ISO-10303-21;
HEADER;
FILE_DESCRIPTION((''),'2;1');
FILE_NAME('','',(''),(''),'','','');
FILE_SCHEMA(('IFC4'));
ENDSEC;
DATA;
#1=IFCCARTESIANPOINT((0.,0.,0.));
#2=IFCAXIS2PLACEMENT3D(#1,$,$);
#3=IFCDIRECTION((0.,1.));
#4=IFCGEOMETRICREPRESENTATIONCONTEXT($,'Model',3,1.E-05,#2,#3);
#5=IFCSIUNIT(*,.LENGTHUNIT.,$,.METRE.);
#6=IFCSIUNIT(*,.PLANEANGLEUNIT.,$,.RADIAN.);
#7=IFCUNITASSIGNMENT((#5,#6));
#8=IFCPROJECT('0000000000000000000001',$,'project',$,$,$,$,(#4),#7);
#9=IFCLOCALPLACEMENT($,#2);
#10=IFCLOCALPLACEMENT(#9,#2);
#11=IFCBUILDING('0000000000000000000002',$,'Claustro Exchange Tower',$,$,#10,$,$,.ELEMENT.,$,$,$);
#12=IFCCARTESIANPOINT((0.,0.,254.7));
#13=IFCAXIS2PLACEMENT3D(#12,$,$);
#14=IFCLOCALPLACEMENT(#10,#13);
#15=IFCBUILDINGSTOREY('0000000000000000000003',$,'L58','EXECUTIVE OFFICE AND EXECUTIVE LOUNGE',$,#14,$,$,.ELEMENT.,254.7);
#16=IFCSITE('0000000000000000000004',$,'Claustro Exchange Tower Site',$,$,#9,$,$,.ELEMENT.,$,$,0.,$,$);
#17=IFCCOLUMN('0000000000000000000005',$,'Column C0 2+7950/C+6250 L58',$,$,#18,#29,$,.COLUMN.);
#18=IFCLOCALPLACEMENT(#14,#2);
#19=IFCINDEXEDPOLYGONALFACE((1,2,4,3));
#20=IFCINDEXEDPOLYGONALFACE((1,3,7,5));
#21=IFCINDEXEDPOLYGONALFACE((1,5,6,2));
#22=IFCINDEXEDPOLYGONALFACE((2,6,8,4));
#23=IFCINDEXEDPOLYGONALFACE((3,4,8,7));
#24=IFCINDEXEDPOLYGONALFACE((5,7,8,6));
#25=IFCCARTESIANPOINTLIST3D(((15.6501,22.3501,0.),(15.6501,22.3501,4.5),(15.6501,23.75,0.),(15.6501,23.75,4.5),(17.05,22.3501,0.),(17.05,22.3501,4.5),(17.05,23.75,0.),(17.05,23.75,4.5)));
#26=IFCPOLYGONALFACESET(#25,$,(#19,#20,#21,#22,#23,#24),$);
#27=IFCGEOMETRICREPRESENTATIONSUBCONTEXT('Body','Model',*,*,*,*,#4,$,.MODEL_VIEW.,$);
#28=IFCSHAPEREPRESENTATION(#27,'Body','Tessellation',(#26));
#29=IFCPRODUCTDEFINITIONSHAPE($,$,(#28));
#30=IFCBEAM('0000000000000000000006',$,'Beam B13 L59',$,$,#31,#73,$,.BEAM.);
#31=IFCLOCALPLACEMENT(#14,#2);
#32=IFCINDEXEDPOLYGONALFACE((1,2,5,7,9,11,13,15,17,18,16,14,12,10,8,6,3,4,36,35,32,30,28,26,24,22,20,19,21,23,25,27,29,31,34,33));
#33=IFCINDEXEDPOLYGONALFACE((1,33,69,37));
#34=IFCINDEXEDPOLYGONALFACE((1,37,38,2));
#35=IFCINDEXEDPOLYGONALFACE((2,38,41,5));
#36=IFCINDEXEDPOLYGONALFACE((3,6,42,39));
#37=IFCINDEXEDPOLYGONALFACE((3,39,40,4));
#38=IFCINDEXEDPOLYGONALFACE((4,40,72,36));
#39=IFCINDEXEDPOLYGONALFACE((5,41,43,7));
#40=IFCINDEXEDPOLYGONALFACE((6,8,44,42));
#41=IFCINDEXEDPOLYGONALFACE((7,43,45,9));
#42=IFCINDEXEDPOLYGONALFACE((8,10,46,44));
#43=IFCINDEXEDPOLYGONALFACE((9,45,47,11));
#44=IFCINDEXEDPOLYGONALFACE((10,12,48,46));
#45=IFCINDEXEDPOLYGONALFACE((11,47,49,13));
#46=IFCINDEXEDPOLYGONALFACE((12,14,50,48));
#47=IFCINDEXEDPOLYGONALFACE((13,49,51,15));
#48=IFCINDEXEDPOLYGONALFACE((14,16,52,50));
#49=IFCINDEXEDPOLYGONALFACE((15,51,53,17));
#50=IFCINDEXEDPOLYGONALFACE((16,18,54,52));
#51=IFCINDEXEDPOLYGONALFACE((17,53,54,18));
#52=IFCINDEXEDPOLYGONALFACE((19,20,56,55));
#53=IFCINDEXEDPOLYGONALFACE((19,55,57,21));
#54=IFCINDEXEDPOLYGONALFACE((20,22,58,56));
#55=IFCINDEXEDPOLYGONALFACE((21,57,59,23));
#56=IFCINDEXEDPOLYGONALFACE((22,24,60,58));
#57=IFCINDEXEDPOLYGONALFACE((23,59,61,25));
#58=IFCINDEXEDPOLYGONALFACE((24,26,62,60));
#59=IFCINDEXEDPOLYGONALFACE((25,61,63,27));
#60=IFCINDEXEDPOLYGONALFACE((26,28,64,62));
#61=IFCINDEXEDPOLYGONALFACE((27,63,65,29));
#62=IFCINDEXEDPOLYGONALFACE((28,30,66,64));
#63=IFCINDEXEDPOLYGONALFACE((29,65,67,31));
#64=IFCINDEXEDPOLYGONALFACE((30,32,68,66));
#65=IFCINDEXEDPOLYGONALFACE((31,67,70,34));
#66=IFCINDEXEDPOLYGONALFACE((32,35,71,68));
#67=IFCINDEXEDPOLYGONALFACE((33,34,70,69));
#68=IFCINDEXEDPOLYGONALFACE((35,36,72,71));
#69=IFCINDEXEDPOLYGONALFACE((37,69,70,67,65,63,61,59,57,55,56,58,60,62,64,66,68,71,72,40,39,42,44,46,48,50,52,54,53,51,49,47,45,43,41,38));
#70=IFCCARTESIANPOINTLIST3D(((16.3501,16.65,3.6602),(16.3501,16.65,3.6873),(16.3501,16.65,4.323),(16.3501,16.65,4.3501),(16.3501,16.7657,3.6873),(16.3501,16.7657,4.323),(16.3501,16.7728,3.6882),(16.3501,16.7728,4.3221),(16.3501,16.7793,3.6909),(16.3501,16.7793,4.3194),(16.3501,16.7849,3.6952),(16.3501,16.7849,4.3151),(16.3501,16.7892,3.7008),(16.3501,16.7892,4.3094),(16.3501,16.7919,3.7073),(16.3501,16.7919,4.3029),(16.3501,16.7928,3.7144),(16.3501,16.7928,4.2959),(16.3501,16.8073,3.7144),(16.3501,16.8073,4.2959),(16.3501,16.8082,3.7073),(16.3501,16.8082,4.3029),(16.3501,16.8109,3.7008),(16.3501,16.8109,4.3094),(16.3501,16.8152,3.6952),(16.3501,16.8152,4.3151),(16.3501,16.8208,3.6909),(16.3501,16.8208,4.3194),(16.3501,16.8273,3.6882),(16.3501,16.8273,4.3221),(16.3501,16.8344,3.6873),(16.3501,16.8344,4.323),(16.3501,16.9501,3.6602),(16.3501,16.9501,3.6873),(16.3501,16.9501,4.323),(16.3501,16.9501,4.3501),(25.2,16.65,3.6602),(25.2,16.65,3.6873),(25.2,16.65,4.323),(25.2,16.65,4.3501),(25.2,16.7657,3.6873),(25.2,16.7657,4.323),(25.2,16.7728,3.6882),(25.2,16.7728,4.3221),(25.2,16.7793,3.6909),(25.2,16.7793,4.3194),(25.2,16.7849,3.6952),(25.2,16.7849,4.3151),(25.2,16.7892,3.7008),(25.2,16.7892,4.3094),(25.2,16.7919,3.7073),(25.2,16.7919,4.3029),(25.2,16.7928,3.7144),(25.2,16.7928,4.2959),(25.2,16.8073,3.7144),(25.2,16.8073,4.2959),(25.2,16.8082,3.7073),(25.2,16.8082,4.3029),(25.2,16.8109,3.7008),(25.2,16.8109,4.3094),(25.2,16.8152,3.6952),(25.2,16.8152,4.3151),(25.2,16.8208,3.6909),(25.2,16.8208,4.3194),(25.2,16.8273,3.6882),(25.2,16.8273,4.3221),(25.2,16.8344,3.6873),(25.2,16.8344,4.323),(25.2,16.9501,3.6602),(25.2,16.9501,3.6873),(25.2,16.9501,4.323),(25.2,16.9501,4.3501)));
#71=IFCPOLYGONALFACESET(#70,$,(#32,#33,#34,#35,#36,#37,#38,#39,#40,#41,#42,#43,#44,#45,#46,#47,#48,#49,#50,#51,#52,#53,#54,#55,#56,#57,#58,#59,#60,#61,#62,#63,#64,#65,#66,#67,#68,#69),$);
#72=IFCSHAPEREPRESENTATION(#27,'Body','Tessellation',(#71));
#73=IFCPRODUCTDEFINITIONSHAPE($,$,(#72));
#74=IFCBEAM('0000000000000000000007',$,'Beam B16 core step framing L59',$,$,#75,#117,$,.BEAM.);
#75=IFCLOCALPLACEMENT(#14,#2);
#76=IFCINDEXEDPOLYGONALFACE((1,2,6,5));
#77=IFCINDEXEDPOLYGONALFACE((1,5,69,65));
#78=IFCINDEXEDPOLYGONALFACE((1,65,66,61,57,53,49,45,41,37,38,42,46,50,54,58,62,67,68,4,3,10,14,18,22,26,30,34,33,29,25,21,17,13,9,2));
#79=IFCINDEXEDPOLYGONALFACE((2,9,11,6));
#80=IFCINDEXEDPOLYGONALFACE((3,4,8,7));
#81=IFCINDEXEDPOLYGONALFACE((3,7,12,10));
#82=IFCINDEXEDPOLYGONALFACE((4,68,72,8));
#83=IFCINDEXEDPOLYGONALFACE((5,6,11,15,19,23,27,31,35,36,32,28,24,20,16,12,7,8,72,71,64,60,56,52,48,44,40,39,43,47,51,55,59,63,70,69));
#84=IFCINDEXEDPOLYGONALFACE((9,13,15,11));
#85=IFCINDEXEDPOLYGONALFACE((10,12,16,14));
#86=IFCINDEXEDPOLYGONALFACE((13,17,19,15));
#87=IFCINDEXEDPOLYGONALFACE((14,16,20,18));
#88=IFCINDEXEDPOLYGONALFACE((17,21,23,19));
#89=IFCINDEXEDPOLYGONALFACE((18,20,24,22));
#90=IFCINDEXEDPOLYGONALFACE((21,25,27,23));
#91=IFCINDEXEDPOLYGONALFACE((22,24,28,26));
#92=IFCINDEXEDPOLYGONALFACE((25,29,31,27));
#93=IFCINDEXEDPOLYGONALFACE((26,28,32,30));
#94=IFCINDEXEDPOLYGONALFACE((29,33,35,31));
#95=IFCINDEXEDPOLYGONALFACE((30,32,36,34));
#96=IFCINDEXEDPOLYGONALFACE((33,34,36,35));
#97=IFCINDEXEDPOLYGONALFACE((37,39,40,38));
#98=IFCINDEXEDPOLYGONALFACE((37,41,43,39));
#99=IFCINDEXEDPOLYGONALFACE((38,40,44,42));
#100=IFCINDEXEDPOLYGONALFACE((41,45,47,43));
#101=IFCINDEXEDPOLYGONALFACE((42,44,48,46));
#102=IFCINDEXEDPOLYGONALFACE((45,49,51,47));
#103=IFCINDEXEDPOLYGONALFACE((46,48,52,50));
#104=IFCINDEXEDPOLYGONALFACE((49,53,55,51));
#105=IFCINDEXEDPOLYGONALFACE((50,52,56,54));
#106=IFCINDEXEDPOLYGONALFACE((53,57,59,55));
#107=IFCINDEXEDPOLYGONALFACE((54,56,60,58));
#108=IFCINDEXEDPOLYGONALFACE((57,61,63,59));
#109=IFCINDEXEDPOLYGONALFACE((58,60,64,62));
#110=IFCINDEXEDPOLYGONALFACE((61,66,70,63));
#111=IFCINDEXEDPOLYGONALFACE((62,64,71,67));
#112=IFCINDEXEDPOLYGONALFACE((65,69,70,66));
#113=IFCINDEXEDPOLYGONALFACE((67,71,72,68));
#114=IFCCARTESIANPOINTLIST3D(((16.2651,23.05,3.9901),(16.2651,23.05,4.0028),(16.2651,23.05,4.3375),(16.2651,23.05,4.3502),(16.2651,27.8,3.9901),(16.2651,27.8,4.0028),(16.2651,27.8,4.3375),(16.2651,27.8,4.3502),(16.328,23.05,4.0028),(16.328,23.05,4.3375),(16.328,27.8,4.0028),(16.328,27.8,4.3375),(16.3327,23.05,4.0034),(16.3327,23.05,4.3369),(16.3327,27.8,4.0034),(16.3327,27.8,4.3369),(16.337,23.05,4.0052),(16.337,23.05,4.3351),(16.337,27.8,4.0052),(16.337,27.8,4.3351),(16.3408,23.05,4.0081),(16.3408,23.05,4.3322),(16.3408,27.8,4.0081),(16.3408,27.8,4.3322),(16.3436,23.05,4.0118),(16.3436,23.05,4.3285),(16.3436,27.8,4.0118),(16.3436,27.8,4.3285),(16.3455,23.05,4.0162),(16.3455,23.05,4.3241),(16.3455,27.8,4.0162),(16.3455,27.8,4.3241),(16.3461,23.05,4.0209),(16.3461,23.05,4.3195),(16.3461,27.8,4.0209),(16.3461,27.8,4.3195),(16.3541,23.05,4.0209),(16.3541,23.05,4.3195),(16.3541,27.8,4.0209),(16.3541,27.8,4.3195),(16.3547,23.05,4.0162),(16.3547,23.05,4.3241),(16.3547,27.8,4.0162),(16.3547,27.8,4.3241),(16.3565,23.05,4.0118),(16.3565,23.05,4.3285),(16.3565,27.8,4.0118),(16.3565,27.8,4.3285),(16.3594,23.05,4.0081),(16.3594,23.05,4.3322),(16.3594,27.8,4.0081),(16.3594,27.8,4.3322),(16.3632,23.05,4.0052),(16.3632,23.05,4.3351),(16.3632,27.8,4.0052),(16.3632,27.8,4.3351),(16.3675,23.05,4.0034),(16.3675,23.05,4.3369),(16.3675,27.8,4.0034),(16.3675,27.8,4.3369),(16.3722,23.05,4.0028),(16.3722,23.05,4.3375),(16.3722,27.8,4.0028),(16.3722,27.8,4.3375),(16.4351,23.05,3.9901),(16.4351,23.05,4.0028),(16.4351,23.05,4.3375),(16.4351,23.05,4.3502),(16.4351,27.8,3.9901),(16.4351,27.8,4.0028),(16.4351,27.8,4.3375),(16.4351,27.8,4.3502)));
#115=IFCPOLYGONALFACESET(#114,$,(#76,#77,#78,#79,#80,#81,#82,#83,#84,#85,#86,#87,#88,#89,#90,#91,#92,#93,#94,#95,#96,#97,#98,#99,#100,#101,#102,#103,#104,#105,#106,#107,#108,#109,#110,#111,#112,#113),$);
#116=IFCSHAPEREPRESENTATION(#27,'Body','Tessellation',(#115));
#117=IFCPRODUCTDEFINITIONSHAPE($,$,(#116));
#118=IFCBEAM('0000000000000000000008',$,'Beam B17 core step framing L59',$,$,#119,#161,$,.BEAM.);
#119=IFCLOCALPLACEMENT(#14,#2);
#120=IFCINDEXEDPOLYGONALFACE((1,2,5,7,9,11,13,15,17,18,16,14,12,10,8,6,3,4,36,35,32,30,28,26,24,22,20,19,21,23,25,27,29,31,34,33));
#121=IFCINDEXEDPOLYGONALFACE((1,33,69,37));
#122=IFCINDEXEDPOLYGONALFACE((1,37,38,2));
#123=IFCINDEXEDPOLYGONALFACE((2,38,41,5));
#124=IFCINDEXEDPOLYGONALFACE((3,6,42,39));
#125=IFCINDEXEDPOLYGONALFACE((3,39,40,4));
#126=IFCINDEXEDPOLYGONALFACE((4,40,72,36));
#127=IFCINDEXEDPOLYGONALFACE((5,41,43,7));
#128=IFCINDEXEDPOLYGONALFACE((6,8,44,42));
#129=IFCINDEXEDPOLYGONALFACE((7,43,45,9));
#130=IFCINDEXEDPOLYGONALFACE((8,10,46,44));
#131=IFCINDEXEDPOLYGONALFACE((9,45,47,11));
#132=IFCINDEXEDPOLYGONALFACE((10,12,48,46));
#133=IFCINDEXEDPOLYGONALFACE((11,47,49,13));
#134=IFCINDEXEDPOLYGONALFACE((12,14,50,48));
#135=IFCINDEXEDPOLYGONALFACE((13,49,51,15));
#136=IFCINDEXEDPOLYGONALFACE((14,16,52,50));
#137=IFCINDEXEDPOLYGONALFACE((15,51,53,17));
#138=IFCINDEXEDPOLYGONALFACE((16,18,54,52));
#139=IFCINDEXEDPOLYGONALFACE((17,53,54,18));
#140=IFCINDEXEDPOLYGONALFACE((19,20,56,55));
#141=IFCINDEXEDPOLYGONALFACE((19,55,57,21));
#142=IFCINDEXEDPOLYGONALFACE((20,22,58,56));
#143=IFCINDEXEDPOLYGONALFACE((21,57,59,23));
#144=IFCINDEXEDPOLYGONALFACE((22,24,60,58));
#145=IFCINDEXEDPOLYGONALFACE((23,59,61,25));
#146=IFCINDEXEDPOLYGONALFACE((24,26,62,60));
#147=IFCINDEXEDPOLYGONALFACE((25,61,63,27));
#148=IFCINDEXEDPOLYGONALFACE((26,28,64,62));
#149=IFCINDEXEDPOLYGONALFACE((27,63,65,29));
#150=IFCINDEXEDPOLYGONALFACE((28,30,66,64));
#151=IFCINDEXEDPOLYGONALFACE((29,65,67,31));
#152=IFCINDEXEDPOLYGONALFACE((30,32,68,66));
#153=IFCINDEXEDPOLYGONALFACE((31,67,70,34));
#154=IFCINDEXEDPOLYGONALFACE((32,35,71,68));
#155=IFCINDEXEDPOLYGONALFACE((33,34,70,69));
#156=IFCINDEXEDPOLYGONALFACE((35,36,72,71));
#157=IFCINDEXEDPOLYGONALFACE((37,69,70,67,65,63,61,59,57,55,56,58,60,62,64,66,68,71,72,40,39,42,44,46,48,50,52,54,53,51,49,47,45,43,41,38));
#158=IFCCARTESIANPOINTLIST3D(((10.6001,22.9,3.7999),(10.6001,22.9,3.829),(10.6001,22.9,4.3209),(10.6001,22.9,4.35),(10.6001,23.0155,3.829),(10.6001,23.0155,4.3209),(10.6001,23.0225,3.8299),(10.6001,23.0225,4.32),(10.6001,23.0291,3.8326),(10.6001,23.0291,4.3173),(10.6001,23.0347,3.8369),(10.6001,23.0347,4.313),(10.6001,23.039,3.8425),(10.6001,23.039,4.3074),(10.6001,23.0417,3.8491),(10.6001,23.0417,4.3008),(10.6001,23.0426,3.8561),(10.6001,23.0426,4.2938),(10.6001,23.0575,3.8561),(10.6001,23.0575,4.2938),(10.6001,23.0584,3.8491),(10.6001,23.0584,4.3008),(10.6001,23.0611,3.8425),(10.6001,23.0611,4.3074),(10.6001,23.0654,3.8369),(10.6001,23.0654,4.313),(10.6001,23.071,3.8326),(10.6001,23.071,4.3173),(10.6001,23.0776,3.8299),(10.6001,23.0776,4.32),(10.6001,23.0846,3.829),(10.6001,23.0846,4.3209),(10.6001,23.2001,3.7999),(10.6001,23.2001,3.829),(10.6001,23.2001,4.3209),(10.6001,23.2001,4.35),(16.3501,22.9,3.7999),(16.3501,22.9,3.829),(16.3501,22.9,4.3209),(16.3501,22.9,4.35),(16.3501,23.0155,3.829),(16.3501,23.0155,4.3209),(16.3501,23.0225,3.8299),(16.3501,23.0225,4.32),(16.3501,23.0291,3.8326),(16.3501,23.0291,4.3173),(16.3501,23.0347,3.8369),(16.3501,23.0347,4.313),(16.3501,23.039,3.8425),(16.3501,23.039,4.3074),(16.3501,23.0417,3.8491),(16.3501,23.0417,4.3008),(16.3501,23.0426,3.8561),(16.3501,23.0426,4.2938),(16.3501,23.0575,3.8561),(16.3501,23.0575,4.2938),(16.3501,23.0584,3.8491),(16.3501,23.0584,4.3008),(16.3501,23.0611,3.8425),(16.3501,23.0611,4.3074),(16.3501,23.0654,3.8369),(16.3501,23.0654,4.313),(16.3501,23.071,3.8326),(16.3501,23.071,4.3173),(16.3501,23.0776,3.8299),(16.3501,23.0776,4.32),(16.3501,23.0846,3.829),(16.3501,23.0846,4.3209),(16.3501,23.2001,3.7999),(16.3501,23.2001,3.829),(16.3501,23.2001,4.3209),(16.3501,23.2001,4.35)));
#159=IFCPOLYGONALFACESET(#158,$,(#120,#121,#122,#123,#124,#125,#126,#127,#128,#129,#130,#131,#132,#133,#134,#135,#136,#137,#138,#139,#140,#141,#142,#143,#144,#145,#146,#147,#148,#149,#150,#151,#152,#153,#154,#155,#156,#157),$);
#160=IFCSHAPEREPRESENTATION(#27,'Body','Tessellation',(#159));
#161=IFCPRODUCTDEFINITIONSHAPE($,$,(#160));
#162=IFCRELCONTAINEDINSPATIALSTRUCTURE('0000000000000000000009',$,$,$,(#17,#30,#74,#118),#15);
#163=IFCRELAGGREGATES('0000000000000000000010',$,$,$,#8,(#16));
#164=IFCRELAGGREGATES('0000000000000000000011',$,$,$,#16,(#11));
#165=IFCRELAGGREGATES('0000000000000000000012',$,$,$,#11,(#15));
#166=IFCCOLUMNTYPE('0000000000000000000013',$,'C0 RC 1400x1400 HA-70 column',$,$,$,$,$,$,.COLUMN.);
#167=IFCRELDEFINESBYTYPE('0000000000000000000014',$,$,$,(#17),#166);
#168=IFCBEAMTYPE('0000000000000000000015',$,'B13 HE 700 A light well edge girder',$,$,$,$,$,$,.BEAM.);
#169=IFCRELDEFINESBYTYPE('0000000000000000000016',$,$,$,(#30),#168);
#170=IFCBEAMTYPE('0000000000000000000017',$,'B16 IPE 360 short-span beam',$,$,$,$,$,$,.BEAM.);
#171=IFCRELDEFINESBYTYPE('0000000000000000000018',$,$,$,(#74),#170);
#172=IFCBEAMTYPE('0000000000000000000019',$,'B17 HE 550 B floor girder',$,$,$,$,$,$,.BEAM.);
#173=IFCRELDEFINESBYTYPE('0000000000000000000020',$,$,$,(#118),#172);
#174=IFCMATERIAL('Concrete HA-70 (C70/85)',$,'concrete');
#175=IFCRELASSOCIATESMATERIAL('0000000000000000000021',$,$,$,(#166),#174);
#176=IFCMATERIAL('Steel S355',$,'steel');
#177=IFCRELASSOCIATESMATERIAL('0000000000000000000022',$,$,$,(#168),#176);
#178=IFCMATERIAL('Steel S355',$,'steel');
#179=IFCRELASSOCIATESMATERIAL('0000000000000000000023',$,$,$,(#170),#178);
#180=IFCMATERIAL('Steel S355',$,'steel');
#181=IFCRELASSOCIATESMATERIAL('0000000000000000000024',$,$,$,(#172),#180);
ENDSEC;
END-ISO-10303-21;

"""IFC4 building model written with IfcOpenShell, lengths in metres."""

from ifc_helpers import new_model, si_unit, direction, frame, origin, origin_2d, place, context, subcontext, project, spatial, rectangle, i_section, extrude, material, material_profile, profile_set, type_object, element, save


model = new_model("IFC4")

# Units and contexts
model_context = context("Model", 3, precision=1e-05, world=origin(), true_north=direction((0.0, 1.0)))
body_context = subcontext(model_context, "Body", "Model", "MODEL_VIEW")
ifc_project = project(units=[si_unit("LENGTHUNIT", "METRE"), si_unit("PLANEANGLEUNIT", "RADIAN")], contexts=[model_context])

# Site, building, storey
site_placement = place(None, origin())
site = spatial("IfcSite", under=ifc_project, at=site_placement, Name="Claustro Exchange Tower Site", CompositionType="ELEMENT", RefElevation=0.0)
building_placement = place(site_placement, origin())
building = spatial("IfcBuilding", under=site, at=building_placement, Name="Claustro Exchange Tower", CompositionType="ELEMENT")
storey_placement = place(building_placement, frame((0.0, 0.0, 254.7)))
storey = spatial("IfcBuildingStorey", under=building, at=storey_placement, Name="L58", Description="EXECUTIVE OFFICE AND EXECUTIVE LOUNGE", CompositionType="ELEMENT", Elevation=254.7)

# Column
ifc_material_1 = material(Name="Concrete HA-70 (C70/85)", Category="concrete")
ifc_material_profile_1 = material_profile(ifc_material_1, rectangle(XDim=1.3999, YDim=1.3999, at=origin_2d()), Name="RC 1400x1400")
ifc_profile_set_1 = profile_set([ifc_material_profile_1], Name="Concrete HA-70 (C70/85)")
column_type = type_object("IfcColumnType", Name="C0 RC 1400x1400 HA-70 column", PredefinedType="COLUMN", material=ifc_profile_set_1)
column_placement = place(storey_placement, frame((16.3501, 23.05, 0.0), z_axis=(0.0, 0.0, 1.0), x_axis=(1.0, 0.0, 0.0)))
element("IfcColumn", 1, at=column_placement, inside=storey, type_object=column_type, Name="Column C0 2+7950/C+6250 L58", PredefinedType="COLUMN", context=body_context, shape_type="SweptSolid", body=[
    extrude(rectangle(XDim=1.3999, YDim=1.3999, at=origin_2d()), origin(), (0.0, 0.0, 1.0), 4.5),
])

# Beams
ifc_material_2 = material(Name="Steel S355", Category="steel")
ifc_material_profile_2 = material_profile(ifc_material_2, i_section(OverallWidth=0.3, OverallDepth=0.6899, WebThickness=0.0144, FlangeThickness=0.0271, FilletRadius=0.0271, at=origin_2d()), Name="HE 700 A")
ifc_profile_set_2 = profile_set([ifc_material_profile_2], Name="Steel S355")
beam_type_1 = type_object("IfcBeamType", Name="B13 HE 700 A light well edge girder", PredefinedType="BEAM", material=ifc_profile_set_2)
beam_1_placement = place(storey_placement, frame((16.3501, 16.8, 4.0051), z_axis=(1.0, 0.0, 0.0), x_axis=(0.0, 1.0, 0.0)))
element("IfcBeam", 2, at=beam_1_placement, inside=storey, type_object=beam_type_1, Name="Beam B13 L59", PredefinedType="BEAM", context=body_context, shape_type="SweptSolid", body=[
    extrude(i_section(OverallWidth=0.3, OverallDepth=0.6899, WebThickness=0.0144, FlangeThickness=0.0271, FilletRadius=0.0271, at=origin_2d()), origin(), (0.0, 0.0, 1.0), 8.8499),
])
ifc_material_3 = material(Name="Steel S355", Category="steel")
ifc_material_profile_3 = material_profile(ifc_material_3, i_section(OverallWidth=0.1699, OverallDepth=0.3601, WebThickness=0.0081, FlangeThickness=0.0127, FilletRadius=0.0181, at=origin_2d()), Name="IPE 360")
ifc_profile_set_3 = profile_set([ifc_material_profile_3], Name="Steel S355")
beam_type_2 = type_object("IfcBeamType", Name="B16 IPE 360 short-span beam", PredefinedType="BEAM", material=ifc_profile_set_3)
beam_2_placement = place(storey_placement, frame((16.3501, 23.05, 4.1702), z_axis=(0.0, 1.0, 0.0), x_axis=(-1.0, 0.0, 0.0)))
element("IfcBeam", 3, at=beam_2_placement, inside=storey, type_object=beam_type_2, Name="Beam B16 core step framing L59", PredefinedType="BEAM", context=body_context, shape_type="SweptSolid", body=[
    extrude(i_section(OverallWidth=0.1699, OverallDepth=0.3601, WebThickness=0.0081, FlangeThickness=0.0127, FilletRadius=0.0181, at=origin_2d()), origin(), (0.0, 0.0, 1.0), 4.75),
])
ifc_material_4 = material(Name="Steel S355", Category="steel")
ifc_material_profile_4 = material_profile(ifc_material_4, i_section(OverallWidth=0.3, OverallDepth=0.55, WebThickness=0.0149, FlangeThickness=0.0291, FilletRadius=0.0271, at=origin_2d()), Name="HE 550 B")
ifc_profile_set_4 = profile_set([ifc_material_profile_4], Name="Steel S355")
beam_type_3 = type_object("IfcBeamType", Name="B17 HE 550 B floor girder", PredefinedType="BEAM", material=ifc_profile_set_4)
beam_3_placement = place(storey_placement, frame((10.6001, 23.05, 4.075), z_axis=(1.0, 0.0, 0.0), x_axis=(0.0, 1.0, 0.0)))
element("IfcBeam", 4, at=beam_3_placement, inside=storey, type_object=beam_type_3, Name="Beam B17 core step framing L59", PredefinedType="BEAM", context=body_context, shape_type="SweptSolid", body=[
    extrude(i_section(OverallWidth=0.3, OverallDepth=0.55, WebThickness=0.0149, FlangeThickness=0.0291, FilletRadius=0.0271, at=origin_2d()), origin(), (0.0, 0.0, 1.0), 5.75),
])

save(model, "model.ifc")
